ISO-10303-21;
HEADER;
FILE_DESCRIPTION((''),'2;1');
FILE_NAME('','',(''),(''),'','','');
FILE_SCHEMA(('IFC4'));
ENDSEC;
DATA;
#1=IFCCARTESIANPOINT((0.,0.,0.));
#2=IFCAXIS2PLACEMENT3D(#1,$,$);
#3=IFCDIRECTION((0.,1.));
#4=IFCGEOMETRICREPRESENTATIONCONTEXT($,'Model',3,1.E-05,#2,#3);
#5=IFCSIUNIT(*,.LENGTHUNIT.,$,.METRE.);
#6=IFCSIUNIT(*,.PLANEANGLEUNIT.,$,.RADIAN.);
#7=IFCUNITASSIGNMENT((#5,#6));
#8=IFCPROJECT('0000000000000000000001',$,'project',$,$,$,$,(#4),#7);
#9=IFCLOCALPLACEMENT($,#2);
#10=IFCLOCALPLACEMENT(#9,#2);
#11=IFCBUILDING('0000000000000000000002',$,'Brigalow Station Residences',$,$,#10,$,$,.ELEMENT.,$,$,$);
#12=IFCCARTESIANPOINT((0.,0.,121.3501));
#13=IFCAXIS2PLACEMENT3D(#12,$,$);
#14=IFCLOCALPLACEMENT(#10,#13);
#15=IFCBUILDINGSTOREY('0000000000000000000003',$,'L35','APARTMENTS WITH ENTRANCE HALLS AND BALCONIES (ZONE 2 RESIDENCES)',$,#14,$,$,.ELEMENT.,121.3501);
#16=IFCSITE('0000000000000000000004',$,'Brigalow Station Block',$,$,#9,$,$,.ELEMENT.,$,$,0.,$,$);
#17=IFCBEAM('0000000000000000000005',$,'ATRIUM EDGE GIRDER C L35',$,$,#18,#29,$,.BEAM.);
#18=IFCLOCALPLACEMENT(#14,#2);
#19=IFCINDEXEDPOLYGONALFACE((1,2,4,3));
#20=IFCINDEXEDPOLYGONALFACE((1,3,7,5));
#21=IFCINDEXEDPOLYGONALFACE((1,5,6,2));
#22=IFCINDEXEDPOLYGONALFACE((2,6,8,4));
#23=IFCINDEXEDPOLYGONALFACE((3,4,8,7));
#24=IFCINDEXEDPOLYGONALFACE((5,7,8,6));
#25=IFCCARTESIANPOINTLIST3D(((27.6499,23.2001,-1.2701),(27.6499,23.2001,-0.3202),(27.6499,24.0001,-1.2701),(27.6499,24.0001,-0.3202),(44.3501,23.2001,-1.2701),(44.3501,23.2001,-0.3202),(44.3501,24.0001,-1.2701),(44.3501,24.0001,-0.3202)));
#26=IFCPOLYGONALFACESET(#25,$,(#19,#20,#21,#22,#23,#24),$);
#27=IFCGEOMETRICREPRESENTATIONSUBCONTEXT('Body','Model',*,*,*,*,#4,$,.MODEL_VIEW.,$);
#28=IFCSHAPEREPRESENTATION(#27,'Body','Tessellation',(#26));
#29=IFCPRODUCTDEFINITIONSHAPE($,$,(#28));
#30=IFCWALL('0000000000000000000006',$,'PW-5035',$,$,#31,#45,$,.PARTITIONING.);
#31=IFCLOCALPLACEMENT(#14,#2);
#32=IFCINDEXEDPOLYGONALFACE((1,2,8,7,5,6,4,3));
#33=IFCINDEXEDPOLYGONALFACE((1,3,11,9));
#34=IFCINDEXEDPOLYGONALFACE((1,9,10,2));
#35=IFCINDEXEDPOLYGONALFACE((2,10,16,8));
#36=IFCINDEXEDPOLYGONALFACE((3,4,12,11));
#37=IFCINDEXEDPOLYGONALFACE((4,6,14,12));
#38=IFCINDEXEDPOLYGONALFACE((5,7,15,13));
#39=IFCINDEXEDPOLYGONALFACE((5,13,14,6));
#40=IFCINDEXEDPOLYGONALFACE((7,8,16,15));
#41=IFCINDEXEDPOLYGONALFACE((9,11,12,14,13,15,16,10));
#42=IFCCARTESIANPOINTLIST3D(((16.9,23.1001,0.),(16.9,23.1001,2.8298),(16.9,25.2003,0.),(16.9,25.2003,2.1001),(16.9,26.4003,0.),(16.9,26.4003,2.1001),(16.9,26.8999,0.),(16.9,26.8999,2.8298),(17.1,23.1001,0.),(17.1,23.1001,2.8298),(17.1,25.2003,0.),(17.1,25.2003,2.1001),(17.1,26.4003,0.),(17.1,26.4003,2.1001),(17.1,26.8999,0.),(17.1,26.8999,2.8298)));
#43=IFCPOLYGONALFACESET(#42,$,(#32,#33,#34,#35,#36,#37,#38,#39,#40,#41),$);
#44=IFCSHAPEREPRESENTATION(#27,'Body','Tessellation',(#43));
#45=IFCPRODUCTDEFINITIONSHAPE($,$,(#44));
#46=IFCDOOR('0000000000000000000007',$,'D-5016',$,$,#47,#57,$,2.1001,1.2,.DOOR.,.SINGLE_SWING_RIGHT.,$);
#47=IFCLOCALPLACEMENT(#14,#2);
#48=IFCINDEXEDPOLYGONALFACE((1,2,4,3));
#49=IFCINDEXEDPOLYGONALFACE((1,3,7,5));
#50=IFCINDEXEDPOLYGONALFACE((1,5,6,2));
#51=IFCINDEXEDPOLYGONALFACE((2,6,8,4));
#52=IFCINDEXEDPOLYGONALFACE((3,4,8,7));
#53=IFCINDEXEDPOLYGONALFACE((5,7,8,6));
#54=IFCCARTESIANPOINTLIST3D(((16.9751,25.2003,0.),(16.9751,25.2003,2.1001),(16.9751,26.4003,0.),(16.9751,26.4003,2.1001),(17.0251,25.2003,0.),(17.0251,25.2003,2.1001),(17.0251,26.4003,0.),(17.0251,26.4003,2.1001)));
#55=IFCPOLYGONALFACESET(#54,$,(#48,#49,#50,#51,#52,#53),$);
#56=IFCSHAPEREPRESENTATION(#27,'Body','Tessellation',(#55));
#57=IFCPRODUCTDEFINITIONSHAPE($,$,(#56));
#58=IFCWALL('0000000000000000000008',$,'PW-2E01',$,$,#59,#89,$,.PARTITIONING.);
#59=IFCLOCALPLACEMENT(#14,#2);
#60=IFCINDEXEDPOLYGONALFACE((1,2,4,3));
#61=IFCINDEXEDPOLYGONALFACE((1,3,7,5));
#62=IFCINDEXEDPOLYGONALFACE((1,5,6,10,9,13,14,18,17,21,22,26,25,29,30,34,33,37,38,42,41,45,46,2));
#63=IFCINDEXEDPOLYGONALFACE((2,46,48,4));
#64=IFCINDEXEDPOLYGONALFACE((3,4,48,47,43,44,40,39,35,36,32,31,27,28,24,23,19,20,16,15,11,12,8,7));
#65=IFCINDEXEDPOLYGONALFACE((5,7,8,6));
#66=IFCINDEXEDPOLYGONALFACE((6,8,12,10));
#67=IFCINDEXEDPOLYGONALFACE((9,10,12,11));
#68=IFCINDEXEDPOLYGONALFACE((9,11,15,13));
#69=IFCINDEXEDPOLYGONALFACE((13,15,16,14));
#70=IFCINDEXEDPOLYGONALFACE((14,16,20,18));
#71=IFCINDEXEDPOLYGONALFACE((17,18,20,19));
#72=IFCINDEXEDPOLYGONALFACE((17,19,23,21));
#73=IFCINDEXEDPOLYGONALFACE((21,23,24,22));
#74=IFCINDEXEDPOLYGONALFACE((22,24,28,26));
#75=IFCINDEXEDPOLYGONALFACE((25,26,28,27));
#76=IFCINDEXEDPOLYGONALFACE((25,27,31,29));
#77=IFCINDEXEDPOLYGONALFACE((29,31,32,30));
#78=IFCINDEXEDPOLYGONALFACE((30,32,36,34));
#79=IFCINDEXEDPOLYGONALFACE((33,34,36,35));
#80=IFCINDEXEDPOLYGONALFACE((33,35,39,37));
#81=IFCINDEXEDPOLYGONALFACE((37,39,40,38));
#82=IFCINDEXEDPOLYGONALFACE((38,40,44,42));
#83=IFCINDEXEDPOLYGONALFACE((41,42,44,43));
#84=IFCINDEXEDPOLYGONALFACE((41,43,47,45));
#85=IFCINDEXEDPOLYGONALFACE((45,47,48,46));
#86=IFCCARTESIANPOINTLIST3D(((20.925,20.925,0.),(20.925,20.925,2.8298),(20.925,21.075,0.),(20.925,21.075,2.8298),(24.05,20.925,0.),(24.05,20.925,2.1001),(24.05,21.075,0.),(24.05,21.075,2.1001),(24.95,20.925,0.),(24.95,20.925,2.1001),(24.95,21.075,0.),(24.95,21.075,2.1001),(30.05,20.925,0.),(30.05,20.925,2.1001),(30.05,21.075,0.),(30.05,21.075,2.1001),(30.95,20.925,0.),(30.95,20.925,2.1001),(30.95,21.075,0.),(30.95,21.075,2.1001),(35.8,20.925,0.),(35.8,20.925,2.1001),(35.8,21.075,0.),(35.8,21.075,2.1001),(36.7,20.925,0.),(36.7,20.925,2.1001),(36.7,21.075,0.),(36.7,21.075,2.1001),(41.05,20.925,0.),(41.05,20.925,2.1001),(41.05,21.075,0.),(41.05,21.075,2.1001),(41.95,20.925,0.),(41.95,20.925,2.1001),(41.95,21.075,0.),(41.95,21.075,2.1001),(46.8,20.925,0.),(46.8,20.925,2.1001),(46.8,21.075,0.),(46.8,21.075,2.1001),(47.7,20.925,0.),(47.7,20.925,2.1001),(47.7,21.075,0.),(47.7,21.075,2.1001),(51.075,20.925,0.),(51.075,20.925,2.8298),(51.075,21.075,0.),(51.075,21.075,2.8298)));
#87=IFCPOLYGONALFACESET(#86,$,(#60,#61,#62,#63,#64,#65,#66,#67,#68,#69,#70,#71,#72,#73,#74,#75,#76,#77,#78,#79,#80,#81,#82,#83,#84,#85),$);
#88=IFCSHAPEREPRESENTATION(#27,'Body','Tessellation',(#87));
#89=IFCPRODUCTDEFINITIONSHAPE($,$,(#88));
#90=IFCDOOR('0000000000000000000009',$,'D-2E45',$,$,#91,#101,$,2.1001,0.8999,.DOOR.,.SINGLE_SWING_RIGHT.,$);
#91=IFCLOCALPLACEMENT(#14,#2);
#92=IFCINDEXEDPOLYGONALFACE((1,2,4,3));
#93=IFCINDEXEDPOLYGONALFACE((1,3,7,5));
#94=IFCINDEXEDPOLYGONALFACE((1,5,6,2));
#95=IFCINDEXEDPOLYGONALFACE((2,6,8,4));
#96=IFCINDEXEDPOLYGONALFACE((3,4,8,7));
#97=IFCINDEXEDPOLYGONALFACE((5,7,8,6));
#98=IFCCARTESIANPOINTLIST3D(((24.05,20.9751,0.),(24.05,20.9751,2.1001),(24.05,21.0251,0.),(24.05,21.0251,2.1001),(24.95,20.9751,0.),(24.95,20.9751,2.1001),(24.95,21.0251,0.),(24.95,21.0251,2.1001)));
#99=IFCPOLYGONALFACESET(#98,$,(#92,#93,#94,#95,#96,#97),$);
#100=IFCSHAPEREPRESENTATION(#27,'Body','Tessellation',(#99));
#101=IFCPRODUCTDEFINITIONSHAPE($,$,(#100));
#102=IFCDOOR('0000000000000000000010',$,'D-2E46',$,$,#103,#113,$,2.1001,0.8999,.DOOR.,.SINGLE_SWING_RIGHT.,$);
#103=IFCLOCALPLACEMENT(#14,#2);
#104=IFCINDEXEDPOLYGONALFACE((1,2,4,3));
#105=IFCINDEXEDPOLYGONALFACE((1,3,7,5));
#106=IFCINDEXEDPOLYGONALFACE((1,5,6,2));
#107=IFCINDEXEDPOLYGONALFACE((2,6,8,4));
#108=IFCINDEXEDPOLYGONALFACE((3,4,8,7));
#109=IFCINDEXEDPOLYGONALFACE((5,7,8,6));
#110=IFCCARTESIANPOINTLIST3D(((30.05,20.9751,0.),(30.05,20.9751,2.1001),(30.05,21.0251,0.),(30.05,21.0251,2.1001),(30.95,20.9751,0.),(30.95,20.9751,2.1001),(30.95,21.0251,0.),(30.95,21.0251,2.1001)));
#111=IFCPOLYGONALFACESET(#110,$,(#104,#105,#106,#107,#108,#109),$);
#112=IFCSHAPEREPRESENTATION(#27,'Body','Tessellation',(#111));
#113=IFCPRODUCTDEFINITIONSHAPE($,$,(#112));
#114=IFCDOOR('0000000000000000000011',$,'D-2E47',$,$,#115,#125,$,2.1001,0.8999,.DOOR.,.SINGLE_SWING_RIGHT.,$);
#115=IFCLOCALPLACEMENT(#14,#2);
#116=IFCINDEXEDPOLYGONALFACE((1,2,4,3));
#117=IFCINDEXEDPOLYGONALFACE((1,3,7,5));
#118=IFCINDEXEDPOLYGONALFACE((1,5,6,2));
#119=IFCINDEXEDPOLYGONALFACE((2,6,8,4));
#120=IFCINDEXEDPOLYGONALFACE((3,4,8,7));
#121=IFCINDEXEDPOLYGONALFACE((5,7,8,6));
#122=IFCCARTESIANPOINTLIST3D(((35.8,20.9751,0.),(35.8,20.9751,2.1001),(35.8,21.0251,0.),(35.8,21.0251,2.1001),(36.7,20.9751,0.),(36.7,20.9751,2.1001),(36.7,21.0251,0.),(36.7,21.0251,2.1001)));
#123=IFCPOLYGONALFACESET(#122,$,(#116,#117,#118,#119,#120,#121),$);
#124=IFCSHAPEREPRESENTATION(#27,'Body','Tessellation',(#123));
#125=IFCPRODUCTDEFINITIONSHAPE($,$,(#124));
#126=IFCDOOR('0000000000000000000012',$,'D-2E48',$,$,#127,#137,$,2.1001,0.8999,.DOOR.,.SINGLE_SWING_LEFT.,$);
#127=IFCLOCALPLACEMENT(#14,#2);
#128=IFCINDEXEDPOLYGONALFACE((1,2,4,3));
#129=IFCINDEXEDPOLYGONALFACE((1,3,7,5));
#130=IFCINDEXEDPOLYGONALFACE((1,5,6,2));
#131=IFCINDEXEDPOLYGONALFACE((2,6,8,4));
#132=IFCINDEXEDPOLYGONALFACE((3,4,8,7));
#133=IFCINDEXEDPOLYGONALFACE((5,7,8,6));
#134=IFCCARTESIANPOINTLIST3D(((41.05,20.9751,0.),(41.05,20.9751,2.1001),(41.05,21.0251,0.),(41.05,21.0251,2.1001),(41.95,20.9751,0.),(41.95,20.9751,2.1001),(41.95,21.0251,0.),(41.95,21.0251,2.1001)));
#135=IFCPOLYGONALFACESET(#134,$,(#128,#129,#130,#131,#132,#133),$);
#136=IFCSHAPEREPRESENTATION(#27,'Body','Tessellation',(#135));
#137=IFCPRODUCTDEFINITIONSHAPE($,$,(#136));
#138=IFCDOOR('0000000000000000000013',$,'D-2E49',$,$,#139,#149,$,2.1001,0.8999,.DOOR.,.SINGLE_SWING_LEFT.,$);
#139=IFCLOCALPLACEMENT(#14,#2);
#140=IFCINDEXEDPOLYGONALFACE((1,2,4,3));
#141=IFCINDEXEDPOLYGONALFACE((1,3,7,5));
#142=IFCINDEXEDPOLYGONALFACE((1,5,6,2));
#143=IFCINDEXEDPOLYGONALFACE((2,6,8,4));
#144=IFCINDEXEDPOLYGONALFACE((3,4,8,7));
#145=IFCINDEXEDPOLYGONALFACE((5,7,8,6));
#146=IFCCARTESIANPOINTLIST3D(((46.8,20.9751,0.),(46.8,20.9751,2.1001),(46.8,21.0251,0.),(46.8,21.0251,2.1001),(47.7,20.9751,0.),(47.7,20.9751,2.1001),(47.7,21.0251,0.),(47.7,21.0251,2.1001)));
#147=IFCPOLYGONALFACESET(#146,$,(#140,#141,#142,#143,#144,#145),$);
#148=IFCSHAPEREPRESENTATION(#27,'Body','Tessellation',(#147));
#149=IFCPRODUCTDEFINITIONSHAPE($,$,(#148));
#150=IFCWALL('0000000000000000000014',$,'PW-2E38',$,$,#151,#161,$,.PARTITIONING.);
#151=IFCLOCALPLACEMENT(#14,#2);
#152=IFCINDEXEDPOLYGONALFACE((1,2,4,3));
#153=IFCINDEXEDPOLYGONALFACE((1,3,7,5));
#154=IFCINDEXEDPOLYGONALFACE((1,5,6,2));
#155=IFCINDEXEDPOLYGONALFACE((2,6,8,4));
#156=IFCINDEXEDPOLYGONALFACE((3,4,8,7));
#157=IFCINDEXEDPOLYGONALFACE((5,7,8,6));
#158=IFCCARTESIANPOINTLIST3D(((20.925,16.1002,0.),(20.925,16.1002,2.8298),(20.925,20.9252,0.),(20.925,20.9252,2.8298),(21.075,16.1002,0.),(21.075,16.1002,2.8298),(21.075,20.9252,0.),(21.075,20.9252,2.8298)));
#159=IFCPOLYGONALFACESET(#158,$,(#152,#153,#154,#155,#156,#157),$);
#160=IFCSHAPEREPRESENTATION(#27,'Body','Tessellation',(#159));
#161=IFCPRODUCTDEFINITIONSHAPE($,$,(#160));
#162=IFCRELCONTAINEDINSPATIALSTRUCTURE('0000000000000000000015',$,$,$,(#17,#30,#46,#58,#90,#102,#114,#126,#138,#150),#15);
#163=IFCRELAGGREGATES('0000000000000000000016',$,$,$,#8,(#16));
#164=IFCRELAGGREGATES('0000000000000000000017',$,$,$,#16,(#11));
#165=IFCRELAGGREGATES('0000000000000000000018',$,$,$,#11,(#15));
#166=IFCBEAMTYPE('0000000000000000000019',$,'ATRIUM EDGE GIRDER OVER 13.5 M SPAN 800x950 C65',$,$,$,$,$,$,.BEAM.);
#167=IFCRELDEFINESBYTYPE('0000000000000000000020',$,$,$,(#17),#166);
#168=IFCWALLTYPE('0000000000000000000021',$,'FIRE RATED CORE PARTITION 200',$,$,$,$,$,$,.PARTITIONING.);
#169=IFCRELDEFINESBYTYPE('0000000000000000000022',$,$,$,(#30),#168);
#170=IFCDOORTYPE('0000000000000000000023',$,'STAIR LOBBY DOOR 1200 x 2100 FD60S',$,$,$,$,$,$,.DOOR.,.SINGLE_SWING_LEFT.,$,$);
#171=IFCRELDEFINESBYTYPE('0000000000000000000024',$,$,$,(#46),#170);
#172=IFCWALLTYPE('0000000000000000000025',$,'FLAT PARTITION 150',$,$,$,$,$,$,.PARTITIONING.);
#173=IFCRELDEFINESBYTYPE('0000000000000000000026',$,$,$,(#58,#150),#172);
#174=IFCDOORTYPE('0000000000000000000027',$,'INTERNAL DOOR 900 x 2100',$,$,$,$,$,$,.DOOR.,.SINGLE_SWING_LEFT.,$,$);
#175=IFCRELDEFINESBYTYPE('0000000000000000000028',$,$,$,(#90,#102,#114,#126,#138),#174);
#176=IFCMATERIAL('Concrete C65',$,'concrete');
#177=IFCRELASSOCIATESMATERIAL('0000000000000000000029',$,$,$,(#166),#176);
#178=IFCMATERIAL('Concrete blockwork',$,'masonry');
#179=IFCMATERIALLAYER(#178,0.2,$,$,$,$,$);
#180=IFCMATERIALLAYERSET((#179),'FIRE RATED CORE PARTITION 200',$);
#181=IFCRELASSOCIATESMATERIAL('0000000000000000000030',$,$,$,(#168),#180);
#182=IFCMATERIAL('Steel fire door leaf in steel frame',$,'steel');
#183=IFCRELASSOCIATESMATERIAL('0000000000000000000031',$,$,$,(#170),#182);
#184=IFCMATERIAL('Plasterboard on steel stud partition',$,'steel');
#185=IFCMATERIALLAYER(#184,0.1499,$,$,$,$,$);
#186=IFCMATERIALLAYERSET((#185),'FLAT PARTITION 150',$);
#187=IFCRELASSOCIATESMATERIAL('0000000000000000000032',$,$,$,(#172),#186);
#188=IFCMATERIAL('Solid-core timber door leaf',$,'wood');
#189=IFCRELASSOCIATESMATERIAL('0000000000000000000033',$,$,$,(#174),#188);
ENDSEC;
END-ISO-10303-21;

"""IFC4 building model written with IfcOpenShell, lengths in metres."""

from ifc_helpers import new_model, si_unit, direction, frame, frame_2d, origin, origin_2d, place, context, subcontext, project, spatial, rectangle, extrude, material, layer, layer_set, material_profile, profile_set, type_object, element, fill, save


model = new_model("IFC4")

# Units and contexts
model_context = context("Model", 3, precision=1e-05, world=origin(), true_north=direction((0.0, 1.0)))
body_context = subcontext(model_context, "Body", "Model", "MODEL_VIEW")
ifc_project = project(units=[si_unit("LENGTHUNIT", "METRE"), si_unit("PLANEANGLEUNIT", "RADIAN")], contexts=[model_context])

# Site, building, storey
site_placement = place(None, origin())
site = spatial("IfcSite", under=ifc_project, at=site_placement, Name="Brigalow Station Block", CompositionType="ELEMENT", RefElevation=0.0)
building_placement = place(site_placement, origin())
building = spatial("IfcBuilding", under=site, at=building_placement, Name="Brigalow Station Residences", CompositionType="ELEMENT")
storey_placement = place(building_placement, frame((0.0, 0.0, 121.3501)))
storey = spatial("IfcBuildingStorey", under=building, at=storey_placement, Name="L35", Description="APARTMENTS WITH ENTRANCE HALLS AND BALCONIES (ZONE 2 RESIDENCES)", CompositionType="ELEMENT", Elevation=121.3501)

# Beam
ifc_material_1 = material(Name="Concrete C65", Category="concrete")
ifc_material_profile = material_profile(ifc_material_1, rectangle(XDim=0.8, YDim=0.95, at=origin_2d()), Name="RC800x950")
ifc_profile_set = profile_set([ifc_material_profile], Name="Concrete C65")
beam_type = type_object("IfcBeamType", Name="ATRIUM EDGE GIRDER OVER 13.5 M SPAN 800x950 C65", PredefinedType="BEAM", material=ifc_profile_set)
beam_placement = place(storey_placement, frame((27.6499, 23.6001, -0.7952), z_axis=(1.0, 0.0, 0.0), x_axis=(0.0, 1.0, 0.0)))
element("IfcBeam", 1, at=beam_placement, inside=storey, type_object=beam_type, Name="ATRIUM EDGE GIRDER C L35", PredefinedType="BEAM", context=body_context, shape_type="SweptSolid", body=[
    extrude(rectangle(XDim=0.8, YDim=0.95, at=origin_2d()), origin(), (0.0, 0.0, 1.0), 16.7002),
])

# Wall, opening, door
ifc_material_2 = material(Name="Concrete blockwork", Category="masonry")
ifc_layer_1 = layer(ifc_material_2, 0.2)
ifc_layer_set_1 = layer_set([ifc_layer_1], Name="FIRE RATED CORE PARTITION 200")
wall_type_1 = type_object("IfcWallType", Name="FIRE RATED CORE PARTITION 200", PredefinedType="PARTITIONING", material=ifc_layer_set_1)
wall_1_placement = place(storey_placement, frame((17.0, 23.1001, 0.0), z_axis=(0.0, 0.0, 1.0), x_axis=(0.0, 1.0, 0.0)))
wall_1 = element("IfcWall", 2, at=wall_1_placement, inside=storey, type_object=wall_type_1, Name="PW-5035", PredefinedType="PARTITIONING", context=body_context, shape_type="SweptSolid", body=[
    extrude(rectangle(XDim=3.7998, YDim=0.2, at=frame_2d((1.8999, 0.0))), origin(), (0.0, 0.0, 1.0), 2.8298),
])
opening_1_placement = place(wall_1_placement, frame((2.1001, 0.0, 0.0)))
opening_1 = element("IfcOpeningElement", 3, at=opening_1_placement, cuts=wall_1, PredefinedType="OPENING", context=body_context, shape_type="SweptSolid", body=[
    extrude(rectangle(XDim=1.2, YDim=2.1001, at=frame_2d((0.6001, 1.05))), frame((0.0, 0.1099, 0.0), z_axis=(0.0, -1.0, 0.0), x_axis=(1.0, 0.0, 0.0)), (0.0, 0.0, 1.0), 0.22),
])
ifc_material_3 = material(Name="Steel fire door leaf in steel frame", Category="steel")
door_type_1 = type_object("IfcDoorType", Name="STAIR LOBBY DOOR 1200 x 2100 FD60S", OperationType="SINGLE_SWING_LEFT", PredefinedType="DOOR", material=ifc_material_3)
door_1_placement = place(opening_1_placement, origin())
door_1 = element("IfcDoor", 4, at=door_1_placement, inside=storey, type_object=door_type_1, Name="D-5016", OperationType="SINGLE_SWING_RIGHT", OverallHeight=2.1001, OverallWidth=1.2, PredefinedType="DOOR", context=body_context, shape_type="SweptSolid", body=[
    extrude(rectangle(XDim=1.2, YDim=2.1001, at=frame_2d((0.6001, 1.05))), frame((0.0, 0.0249, 0.0), z_axis=(0.0, -1.0, 0.0), x_axis=(1.0, 0.0, 0.0)), (0.0, 0.0, 1.0), 0.05),
])
fill(opening_1, door_1)

# Wall, openings, doors
ifc_material_4 = material(Name="Plasterboard on steel stud partition", Category="steel")
ifc_layer_2 = layer(ifc_material_4, 0.1499)
ifc_layer_set_2 = layer_set([ifc_layer_2], Name="FLAT PARTITION 150")
wall_type_2 = type_object("IfcWallType", Name="FLAT PARTITION 150", PredefinedType="PARTITIONING", material=ifc_layer_set_2)
wall_2_placement = place(storey_placement, frame((20.925, 21.0, 0.0), z_axis=(0.0, 0.0, 1.0), x_axis=(1.0, 0.0, 0.0)))
wall_2 = element("IfcWall", 5, at=wall_2_placement, inside=storey, type_object=wall_type_2, Name="PW-2E01", PredefinedType="PARTITIONING", context=body_context, shape_type="SweptSolid", body=[
    extrude(rectangle(XDim=30.1499, YDim=0.1499, at=frame_2d((15.075, 0.0))), origin(), (0.0, 0.0, 1.0), 2.8298),
])
opening_2_placement = place(wall_2_placement, frame((3.125, 0.0, 0.0)))
opening_2 = element("IfcOpeningElement", 6, at=opening_2_placement, cuts=wall_2, PredefinedType="OPENING", context=body_context, shape_type="SweptSolid", body=[
    extrude(rectangle(XDim=0.8999, YDim=2.1001, at=frame_2d((0.45, 1.05))), frame((0.0, 0.085, 0.0), z_axis=(0.0, -1.0, 0.0), x_axis=(1.0, 0.0, 0.0)), (0.0, 0.0, 1.0), 0.1699),
])
opening_3_placement = place(wall_2_placement, frame((9.125, 0.0, 0.0)))
opening_3 = element("IfcOpeningElement", 7, at=opening_3_placement, cuts=wall_2, PredefinedType="OPENING", context=body_context, shape_type="SweptSolid", body=[
    extrude(rectangle(XDim=0.8999, YDim=2.1001, at=frame_2d((0.45, 1.05))), frame((0.0, 0.085, 0.0), z_axis=(0.0, -1.0, 0.0), x_axis=(1.0, 0.0, 0.0)), (0.0, 0.0, 1.0), 0.1699),
])
opening_4_placement = place(wall_2_placement, frame((14.875, 0.0, 0.0)))
opening_4 = element("IfcOpeningElement", 8, at=opening_4_placement, cuts=wall_2, PredefinedType="OPENING", context=body_context, shape_type="SweptSolid", body=[
    extrude(rectangle(XDim=0.8999, YDim=2.1001, at=frame_2d((0.45, 1.05))), frame((0.0, 0.085, 0.0), z_axis=(0.0, -1.0, 0.0), x_axis=(1.0, 0.0, 0.0)), (0.0, 0.0, 1.0), 0.1699),
])
opening_5_placement = place(wall_2_placement, frame((20.125, 0.0, 0.0)))
opening_5 = element("IfcOpeningElement", 9, at=opening_5_placement, cuts=wall_2, PredefinedType="OPENING", context=body_context, shape_type="SweptSolid", body=[
    extrude(rectangle(XDim=0.8999, YDim=2.1001, at=frame_2d((0.45, 1.05))), frame((0.0, 0.085, 0.0), z_axis=(0.0, -1.0, 0.0), x_axis=(1.0, 0.0, 0.0)), (0.0, 0.0, 1.0), 0.1699),
])
opening_6_placement = place(wall_2_placement, frame((25.875, 0.0, 0.0)))
opening_6 = element("IfcOpeningElement", 10, at=opening_6_placement, cuts=wall_2, PredefinedType="OPENING", context=body_context, shape_type="SweptSolid", body=[
    extrude(rectangle(XDim=0.8999, YDim=2.1001, at=frame_2d((0.45, 1.05))), frame((0.0, 0.085, 0.0), z_axis=(0.0, -1.0, 0.0), x_axis=(1.0, 0.0, 0.0)), (0.0, 0.0, 1.0), 0.1699),
])
ifc_material_5 = material(Name="Solid-core timber door leaf", Category="wood")
door_type_2 = type_object("IfcDoorType", Name="INTERNAL DOOR 900 x 2100", OperationType="SINGLE_SWING_LEFT", PredefinedType="DOOR", material=ifc_material_5)
door_2_placement = place(opening_2_placement, frame((0.8999, 0.0, 0.0), z_axis=(0.0, 0.0, 1.0), x_axis=(-1.0, 0.0, 0.0)))
door_2 = element("IfcDoor", 11, at=door_2_placement, inside=storey, type_object=door_type_2, Name="D-2E45", OperationType="SINGLE_SWING_RIGHT", OverallHeight=2.1001, OverallWidth=0.8999, PredefinedType="DOOR", context=body_context, shape_type="SweptSolid", body=[
    extrude(rectangle(XDim=0.8999, YDim=2.1001, at=frame_2d((0.45, 1.05))), frame((0.0, 0.0249, 0.0), z_axis=(0.0, -1.0, 0.0), x_axis=(1.0, 0.0, 0.0)), (0.0, 0.0, 1.0), 0.05),
])
fill(opening_2, door_2)
door_3_placement = place(opening_3_placement, frame((0.8999, 0.0, 0.0), z_axis=(0.0, 0.0, 1.0), x_axis=(-1.0, 0.0, 0.0)))
door_3 = element("IfcDoor", 12, at=door_3_placement, inside=storey, type_object=door_type_2, Name="D-2E46", OperationType="SINGLE_SWING_RIGHT", OverallHeight=2.1001, OverallWidth=0.8999, PredefinedType="DOOR", context=body_context, shape_type="SweptSolid", body=[
    extrude(rectangle(XDim=0.8999, YDim=2.1001, at=frame_2d((0.45, 1.05))), frame((0.0, 0.0249, 0.0), z_axis=(0.0, -1.0, 0.0), x_axis=(1.0, 0.0, 0.0)), (0.0, 0.0, 1.0), 0.05),
])
fill(opening_3, door_3)
door_4_placement = place(opening_4_placement, frame((0.8999, 0.0, 0.0), z_axis=(0.0, 0.0, 1.0), x_axis=(-1.0, 0.0, 0.0)))
door_4 = element("IfcDoor", 13, at=door_4_placement, inside=storey, type_object=door_type_2, Name="D-2E47", OperationType="SINGLE_SWING_RIGHT", OverallHeight=2.1001, OverallWidth=0.8999, PredefinedType="DOOR", context=body_context, shape_type="SweptSolid", body=[
    extrude(rectangle(XDim=0.8999, YDim=2.1001, at=frame_2d((0.45, 1.05))), frame((0.0, 0.0249, 0.0), z_axis=(0.0, -1.0, 0.0), x_axis=(1.0, 0.0, 0.0)), (0.0, 0.0, 1.0), 0.05),
])
fill(opening_4, door_4)
door_5_placement = place(opening_5_placement, frame((0.8999, 0.0, 0.0), z_axis=(0.0, 0.0, 1.0), x_axis=(-1.0, 0.0, 0.0)))
door_5 = element("IfcDoor", 14, at=door_5_placement, inside=storey, type_object=door_type_2, Name="D-2E48", OperationType="SINGLE_SWING_LEFT", OverallHeight=2.1001, OverallWidth=0.8999, PredefinedType="DOOR", context=body_context, shape_type="SweptSolid", body=[
    extrude(rectangle(XDim=0.8999, YDim=2.1001, at=frame_2d((0.45, 1.05))), frame((0.0, 0.0249, 0.0), z_axis=(0.0, -1.0, 0.0), x_axis=(1.0, 0.0, 0.0)), (0.0, 0.0, 1.0), 0.05),
])
fill(opening_5, door_5)
door_6_placement = place(opening_6_placement, frame((0.8999, 0.0, 0.0), z_axis=(0.0, 0.0, 1.0), x_axis=(-1.0, 0.0, 0.0)))
door_6 = element("IfcDoor", 15, at=door_6_placement, inside=storey, type_object=door_type_2, Name="D-2E49", OperationType="SINGLE_SWING_LEFT", OverallHeight=2.1001, OverallWidth=0.8999, PredefinedType="DOOR", context=body_context, shape_type="SweptSolid", body=[
    extrude(rectangle(XDim=0.8999, YDim=2.1001, at=frame_2d((0.45, 1.05))), frame((0.0, 0.0249, 0.0), z_axis=(0.0, -1.0, 0.0), x_axis=(1.0, 0.0, 0.0)), (0.0, 0.0, 1.0), 0.05),
])
fill(opening_6, door_6)

# Wall
wall_3_placement = place(storey_placement, frame((21.0, 16.1001, 0.0), z_axis=(0.0, 0.0, 1.0), x_axis=(0.0, 1.0, 0.0)))
element("IfcWall", 16, at=wall_3_placement, inside=storey, type_object=wall_type_2, Name="PW-2E38", PredefinedType="PARTITIONING", context=body_context, shape_type="SweptSolid", body=[
    extrude(rectangle(XDim=4.825, YDim=0.1499, at=frame_2d((2.4126, 0.0))), origin(), (0.0, 0.0, 1.0), 2.8298),
])

save(model, "model.ifc")
